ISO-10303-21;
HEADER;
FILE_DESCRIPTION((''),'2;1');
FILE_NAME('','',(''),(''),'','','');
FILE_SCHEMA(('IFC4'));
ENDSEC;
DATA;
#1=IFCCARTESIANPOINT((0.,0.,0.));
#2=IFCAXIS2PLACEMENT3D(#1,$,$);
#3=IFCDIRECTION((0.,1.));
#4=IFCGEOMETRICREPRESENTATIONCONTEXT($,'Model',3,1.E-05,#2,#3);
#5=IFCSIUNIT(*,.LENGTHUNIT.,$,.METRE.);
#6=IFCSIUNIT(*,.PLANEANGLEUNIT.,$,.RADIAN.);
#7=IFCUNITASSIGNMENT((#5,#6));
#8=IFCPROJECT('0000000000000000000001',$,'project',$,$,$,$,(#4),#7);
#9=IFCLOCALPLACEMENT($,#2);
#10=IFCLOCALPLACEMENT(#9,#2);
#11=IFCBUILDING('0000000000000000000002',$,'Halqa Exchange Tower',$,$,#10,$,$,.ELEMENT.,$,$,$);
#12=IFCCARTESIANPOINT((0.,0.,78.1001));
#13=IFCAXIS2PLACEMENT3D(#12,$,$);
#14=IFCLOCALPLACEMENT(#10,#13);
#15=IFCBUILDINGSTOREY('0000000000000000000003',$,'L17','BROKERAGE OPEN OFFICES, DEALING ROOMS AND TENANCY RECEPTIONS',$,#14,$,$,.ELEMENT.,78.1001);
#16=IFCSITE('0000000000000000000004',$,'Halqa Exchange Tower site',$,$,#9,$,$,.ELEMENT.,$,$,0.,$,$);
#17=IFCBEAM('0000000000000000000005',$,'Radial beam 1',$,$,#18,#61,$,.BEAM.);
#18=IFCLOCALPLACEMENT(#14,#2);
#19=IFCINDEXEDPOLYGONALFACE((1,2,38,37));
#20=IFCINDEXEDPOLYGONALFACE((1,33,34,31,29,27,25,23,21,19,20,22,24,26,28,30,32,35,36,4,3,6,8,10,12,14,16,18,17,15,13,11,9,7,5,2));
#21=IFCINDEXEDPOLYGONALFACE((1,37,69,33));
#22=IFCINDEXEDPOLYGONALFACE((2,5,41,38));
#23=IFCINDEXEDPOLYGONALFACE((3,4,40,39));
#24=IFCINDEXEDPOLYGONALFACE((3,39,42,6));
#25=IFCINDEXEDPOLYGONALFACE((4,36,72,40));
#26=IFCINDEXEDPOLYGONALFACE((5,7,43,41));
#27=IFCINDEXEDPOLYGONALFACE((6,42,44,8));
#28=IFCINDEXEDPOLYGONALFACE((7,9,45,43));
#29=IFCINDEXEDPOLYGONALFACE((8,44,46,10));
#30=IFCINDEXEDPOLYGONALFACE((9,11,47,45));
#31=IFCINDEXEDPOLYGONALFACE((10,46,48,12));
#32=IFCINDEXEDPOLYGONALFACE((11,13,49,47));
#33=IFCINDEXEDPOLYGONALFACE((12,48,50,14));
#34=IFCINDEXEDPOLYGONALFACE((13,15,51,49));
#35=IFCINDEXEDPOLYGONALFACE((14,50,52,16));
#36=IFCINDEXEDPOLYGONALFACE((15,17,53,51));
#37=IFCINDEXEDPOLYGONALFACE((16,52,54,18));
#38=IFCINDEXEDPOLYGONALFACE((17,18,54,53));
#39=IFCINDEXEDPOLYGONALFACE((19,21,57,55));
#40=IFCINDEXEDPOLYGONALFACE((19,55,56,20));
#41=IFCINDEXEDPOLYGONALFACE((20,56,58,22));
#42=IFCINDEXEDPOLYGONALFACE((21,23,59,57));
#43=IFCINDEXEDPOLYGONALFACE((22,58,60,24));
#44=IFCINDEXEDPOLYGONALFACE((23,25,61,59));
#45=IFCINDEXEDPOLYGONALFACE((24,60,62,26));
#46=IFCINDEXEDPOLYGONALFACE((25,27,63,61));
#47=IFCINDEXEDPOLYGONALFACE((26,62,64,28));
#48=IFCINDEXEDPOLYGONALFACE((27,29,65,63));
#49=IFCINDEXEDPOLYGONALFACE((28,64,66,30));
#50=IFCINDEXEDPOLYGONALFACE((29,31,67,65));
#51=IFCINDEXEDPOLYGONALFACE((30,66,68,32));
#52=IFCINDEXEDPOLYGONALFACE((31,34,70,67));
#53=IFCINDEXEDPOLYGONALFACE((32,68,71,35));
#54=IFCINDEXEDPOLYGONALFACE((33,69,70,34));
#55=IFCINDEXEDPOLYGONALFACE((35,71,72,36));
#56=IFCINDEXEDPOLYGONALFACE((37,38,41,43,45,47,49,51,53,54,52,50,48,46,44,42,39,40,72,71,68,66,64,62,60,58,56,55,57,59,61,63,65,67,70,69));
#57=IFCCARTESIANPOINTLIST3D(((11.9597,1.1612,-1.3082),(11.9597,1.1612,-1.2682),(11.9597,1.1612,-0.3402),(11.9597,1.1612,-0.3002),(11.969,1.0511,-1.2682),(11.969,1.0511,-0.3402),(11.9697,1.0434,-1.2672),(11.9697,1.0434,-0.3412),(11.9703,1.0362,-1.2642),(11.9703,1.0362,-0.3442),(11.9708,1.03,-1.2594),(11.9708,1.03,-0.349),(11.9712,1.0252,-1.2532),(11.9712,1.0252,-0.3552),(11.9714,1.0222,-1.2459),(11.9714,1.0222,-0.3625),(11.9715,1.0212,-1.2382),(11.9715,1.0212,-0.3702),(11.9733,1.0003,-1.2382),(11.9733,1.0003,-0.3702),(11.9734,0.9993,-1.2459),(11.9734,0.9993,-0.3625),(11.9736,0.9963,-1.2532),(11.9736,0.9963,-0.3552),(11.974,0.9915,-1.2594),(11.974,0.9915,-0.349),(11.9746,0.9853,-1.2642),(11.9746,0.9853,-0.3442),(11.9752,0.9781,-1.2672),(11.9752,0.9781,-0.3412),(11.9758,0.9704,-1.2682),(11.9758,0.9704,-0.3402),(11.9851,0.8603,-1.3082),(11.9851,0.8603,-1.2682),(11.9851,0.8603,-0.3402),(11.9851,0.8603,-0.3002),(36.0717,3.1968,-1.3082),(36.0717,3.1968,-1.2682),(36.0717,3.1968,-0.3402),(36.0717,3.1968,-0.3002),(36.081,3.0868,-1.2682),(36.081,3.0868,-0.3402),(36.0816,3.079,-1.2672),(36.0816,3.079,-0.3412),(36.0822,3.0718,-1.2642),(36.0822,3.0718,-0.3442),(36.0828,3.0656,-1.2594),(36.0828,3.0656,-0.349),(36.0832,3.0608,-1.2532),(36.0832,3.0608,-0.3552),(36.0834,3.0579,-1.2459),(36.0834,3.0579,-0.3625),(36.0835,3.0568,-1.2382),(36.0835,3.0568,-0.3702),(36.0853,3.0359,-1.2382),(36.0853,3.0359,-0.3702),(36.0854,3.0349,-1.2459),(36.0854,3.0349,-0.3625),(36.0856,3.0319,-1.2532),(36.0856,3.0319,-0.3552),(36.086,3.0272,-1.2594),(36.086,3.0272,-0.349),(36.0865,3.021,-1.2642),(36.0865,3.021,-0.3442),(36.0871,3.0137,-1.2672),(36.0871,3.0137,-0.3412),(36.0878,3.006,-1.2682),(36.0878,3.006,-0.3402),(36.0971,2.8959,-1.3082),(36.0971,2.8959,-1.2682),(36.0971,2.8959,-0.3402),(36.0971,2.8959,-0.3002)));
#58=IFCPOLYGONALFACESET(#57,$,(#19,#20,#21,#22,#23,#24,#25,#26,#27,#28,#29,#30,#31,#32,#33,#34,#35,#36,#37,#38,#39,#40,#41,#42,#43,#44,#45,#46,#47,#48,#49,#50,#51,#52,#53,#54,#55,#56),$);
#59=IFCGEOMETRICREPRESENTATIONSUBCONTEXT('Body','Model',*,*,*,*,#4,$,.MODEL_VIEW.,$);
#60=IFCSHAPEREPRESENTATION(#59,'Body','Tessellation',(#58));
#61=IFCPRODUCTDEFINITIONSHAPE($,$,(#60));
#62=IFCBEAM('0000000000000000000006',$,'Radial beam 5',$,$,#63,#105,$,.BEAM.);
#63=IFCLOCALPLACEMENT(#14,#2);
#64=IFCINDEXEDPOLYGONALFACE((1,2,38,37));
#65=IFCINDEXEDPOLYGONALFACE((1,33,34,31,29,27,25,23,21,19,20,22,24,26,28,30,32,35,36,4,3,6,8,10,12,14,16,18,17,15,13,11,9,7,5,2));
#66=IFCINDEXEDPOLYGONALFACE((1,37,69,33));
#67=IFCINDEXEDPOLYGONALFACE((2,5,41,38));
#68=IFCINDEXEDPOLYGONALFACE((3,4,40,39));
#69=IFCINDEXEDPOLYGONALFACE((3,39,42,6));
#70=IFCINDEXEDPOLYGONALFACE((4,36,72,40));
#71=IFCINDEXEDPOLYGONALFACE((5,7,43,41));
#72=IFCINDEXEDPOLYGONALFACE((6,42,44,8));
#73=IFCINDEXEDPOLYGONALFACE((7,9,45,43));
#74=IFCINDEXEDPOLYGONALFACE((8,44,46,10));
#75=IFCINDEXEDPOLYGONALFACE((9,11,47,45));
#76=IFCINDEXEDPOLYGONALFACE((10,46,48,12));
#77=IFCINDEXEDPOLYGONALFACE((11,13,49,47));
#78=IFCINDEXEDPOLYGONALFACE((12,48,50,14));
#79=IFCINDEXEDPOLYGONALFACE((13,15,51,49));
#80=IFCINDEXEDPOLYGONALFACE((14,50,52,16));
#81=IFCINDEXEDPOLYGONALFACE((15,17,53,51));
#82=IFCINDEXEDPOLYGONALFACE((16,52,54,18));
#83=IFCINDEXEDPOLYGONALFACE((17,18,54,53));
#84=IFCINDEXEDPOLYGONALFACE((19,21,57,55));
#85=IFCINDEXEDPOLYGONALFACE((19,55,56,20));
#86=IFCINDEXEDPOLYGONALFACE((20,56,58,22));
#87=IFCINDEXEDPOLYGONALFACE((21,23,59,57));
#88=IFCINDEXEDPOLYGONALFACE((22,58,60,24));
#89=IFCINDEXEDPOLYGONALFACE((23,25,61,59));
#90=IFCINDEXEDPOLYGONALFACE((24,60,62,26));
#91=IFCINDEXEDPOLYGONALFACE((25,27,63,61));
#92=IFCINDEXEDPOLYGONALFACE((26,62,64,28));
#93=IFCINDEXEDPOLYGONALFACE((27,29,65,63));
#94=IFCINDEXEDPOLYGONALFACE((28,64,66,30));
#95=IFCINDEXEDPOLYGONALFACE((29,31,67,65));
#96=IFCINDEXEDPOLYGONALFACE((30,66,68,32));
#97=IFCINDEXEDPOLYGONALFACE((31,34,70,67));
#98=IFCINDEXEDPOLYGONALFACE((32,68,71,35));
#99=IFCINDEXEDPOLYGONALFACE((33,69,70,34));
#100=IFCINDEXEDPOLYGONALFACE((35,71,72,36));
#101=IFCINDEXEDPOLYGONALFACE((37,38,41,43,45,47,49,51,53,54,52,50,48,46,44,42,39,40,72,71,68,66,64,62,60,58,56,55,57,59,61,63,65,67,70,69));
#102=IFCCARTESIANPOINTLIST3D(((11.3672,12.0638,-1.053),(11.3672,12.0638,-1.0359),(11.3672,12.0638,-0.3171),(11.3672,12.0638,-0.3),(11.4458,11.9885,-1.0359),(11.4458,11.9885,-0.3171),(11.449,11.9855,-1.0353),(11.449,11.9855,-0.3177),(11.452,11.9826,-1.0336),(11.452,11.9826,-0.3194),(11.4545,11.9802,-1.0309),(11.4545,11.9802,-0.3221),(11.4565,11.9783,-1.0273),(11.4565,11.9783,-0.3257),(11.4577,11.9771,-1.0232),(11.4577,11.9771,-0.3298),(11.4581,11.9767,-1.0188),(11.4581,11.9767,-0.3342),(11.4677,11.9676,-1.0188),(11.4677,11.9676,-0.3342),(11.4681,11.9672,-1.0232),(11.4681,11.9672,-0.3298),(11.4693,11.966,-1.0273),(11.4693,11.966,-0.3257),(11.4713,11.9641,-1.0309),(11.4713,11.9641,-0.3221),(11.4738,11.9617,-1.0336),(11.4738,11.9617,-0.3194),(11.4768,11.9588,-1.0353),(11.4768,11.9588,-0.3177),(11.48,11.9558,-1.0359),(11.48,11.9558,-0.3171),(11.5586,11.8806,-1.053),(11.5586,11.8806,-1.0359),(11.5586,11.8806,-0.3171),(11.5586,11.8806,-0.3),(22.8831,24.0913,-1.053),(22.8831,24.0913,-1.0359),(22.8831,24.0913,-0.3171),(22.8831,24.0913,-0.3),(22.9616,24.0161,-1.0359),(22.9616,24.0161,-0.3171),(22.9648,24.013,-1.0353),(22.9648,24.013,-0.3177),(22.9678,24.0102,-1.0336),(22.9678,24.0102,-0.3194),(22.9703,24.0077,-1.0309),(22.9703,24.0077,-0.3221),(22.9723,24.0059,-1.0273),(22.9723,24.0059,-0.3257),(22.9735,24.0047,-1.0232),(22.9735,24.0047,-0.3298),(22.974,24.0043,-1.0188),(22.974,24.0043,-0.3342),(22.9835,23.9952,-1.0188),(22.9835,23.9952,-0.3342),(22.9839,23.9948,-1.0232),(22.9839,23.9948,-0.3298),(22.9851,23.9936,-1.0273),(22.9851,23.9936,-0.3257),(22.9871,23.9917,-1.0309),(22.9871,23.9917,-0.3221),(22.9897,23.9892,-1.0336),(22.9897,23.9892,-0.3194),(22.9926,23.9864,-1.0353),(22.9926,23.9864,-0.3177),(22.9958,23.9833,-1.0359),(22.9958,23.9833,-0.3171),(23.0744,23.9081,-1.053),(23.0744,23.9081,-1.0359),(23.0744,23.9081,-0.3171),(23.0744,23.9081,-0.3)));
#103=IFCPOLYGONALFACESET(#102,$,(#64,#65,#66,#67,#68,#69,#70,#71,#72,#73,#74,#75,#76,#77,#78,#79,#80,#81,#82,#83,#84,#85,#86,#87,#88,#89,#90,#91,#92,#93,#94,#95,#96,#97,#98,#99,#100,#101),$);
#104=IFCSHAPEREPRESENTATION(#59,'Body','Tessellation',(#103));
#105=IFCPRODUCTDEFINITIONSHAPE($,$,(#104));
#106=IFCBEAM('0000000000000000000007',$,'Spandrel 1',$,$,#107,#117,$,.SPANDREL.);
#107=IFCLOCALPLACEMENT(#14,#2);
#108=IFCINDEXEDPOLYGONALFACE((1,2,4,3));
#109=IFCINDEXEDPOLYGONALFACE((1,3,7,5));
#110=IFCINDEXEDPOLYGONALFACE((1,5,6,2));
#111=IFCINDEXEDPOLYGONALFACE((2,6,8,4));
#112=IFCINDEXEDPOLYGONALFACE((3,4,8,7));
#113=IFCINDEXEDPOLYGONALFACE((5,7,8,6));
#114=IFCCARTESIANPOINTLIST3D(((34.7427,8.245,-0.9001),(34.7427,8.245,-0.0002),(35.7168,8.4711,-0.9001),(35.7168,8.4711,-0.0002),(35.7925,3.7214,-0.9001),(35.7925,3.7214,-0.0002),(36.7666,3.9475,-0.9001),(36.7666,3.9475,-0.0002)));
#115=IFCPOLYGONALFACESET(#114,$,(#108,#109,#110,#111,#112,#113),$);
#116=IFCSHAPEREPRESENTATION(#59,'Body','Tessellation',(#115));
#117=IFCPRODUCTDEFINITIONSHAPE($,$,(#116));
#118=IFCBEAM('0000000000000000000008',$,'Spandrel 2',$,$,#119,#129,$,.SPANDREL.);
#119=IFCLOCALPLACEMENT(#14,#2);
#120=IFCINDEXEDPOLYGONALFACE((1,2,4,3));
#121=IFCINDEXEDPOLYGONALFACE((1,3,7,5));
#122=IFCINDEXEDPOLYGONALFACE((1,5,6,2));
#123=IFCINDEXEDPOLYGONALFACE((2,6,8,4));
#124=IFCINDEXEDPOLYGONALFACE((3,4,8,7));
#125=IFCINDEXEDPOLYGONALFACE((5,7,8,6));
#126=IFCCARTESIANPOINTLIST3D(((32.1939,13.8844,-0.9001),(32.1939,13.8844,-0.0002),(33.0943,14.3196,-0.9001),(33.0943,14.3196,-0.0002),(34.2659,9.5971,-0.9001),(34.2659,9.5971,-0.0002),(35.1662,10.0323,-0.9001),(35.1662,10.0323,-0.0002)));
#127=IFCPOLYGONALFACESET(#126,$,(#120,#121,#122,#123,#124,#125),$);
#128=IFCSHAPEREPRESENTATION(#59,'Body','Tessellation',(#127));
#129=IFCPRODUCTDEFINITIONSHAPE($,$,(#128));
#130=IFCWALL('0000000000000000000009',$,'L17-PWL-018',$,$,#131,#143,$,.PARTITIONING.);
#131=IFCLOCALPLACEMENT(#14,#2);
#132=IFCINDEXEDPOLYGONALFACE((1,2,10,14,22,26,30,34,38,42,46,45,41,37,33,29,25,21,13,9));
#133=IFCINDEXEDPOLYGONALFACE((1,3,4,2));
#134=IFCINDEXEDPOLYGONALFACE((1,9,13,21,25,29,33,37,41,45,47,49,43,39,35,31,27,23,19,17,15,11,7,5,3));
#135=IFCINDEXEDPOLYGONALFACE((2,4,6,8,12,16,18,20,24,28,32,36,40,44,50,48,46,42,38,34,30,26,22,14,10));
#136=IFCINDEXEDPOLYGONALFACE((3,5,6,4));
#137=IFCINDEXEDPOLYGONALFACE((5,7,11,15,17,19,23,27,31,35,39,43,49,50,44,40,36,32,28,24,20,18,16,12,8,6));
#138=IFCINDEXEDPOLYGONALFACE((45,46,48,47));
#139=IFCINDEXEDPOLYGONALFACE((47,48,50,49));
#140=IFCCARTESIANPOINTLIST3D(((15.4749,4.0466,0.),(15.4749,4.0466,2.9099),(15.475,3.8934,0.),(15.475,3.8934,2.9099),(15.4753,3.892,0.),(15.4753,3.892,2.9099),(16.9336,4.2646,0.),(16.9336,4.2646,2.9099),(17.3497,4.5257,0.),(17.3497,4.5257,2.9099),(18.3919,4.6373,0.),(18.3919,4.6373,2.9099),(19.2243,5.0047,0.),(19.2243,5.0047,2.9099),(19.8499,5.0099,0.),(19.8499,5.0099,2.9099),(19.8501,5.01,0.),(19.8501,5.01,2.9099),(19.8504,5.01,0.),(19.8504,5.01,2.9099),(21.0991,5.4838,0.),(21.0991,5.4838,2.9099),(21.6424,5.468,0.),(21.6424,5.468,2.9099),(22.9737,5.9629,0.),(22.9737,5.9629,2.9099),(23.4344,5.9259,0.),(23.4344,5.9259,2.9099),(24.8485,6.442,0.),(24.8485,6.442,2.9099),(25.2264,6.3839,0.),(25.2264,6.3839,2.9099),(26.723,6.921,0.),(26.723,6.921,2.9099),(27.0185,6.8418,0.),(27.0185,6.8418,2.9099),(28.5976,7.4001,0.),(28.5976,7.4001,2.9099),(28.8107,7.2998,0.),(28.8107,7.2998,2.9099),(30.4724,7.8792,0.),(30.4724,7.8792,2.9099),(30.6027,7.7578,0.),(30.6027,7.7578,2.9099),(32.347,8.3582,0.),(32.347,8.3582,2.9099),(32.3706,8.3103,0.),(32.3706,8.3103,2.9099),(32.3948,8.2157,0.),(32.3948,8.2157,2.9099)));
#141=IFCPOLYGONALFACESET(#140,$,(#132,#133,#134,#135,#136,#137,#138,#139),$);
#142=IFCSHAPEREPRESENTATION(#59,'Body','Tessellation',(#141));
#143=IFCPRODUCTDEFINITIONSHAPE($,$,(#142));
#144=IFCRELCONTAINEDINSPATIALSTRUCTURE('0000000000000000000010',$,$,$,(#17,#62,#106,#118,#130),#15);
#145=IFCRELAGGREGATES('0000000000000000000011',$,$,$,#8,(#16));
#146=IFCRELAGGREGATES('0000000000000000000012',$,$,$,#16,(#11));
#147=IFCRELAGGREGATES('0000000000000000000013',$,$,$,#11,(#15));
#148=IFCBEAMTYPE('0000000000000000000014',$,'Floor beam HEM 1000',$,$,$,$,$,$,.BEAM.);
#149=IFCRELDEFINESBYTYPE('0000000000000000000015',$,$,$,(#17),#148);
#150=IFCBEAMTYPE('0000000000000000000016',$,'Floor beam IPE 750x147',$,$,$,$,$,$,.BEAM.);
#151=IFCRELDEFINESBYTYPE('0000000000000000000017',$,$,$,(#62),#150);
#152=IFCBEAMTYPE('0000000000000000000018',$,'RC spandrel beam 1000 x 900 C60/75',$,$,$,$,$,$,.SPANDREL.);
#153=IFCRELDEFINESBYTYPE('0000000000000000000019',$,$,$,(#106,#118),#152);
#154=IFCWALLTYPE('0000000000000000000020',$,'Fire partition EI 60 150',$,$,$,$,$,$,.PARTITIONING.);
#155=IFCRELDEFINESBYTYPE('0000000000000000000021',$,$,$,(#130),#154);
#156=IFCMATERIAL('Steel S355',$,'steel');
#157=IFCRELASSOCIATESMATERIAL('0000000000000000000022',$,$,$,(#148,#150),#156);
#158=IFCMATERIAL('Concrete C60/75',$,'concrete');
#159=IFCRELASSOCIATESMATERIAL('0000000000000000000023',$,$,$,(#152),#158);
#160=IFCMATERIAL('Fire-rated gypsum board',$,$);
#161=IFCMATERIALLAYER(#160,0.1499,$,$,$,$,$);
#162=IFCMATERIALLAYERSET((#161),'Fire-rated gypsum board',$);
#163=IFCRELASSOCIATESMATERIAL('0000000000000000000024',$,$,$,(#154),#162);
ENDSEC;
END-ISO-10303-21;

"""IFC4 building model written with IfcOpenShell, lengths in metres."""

from ifc_helpers import new_model, si_unit, direction, frame, origin, origin_2d, place, context, subcontext, project, spatial, polyline, rectangle, i_section, outline, extrude, material, layer, layer_set, material_profile, profile_set, type_object, element, save


model = new_model("IFC4")

# Units and contexts
model_context = context("Model", 3, precision=1e-05, world=origin(), true_north=direction((0.0, 1.0)))
body_context = subcontext(model_context, "Body", "Model", "MODEL_VIEW")
ifc_project = project(units=[si_unit("LENGTHUNIT", "METRE"), si_unit("PLANEANGLEUNIT", "RADIAN")], contexts=[model_context])

# Site, building, storey
site_placement = place(None, origin())
site = spatial("IfcSite", under=ifc_project, at=site_placement, Name="Halqa Exchange Tower site", CompositionType="ELEMENT", RefElevation=0.0)
building_placement = place(site_placement, origin())
building = spatial("IfcBuilding", under=site, at=building_placement, Name="Halqa Exchange Tower", CompositionType="ELEMENT")
storey_placement = place(building_placement, frame((0.0, 0.0, 78.1001)))
storey = spatial("IfcBuildingStorey", under=building, at=storey_placement, Name="L17", Description="BROKERAGE OPEN OFFICES, DEALING ROOMS AND TENANCY RECEPTIONS", CompositionType="ELEMENT", Elevation=78.1001)

# Beams
ifc_material_1 = material(Name="Steel S355", Category="steel")
ifc_material_profile_1 = material_profile(ifc_material_1, i_section(OverallWidth=0.302, OverallDepth=1.0081, WebThickness=0.021, FlangeThickness=0.04, FilletRadius=0.03, at=origin_2d()), Name="HEM 1000")
ifc_profile_set_1 = profile_set([ifc_material_profile_1], Name="Steel S355")
beam_type_1 = type_object("IfcBeamType", Name="Floor beam HEM 1000", PredefinedType="BEAM", material=ifc_profile_set_1)
beam_1_placement = place(storey_placement, frame((11.9724, 1.0107, -0.8042), z_axis=(0.996455, 0.084125, 0.0), x_axis=(-0.084125, 0.996455, 0.0)))
element("IfcBeam", 1, at=beam_1_placement, inside=storey, type_object=beam_type_1, Name="Radial beam 1", PredefinedType="BEAM", context=body_context, shape_type="SweptSolid", body=[
    extrude(i_section(OverallWidth=0.302, OverallDepth=1.0081, WebThickness=0.021, FlangeThickness=0.04, FilletRadius=0.03, at=origin_2d()), origin(), (0.0, 0.0, 1.0), 24.1978),
])
ifc_material_profile_2 = material_profile(ifc_material_1, i_section(OverallWidth=0.2649, OverallDepth=0.7529, WebThickness=0.0132, FlangeThickness=0.0171, FilletRadius=0.0171, at=origin_2d()), Name="IPE 750x147")
ifc_profile_set_2 = profile_set([ifc_material_profile_2], Name="Steel S355")
beam_type_2 = type_object("IfcBeamType", Name="Floor beam IPE 750x147", PredefinedType="BEAM", material=ifc_profile_set_2)
beam_2_placement = place(storey_placement, frame((11.4629, 11.9722, -0.6765), z_axis=(0.691574, 0.722305, 0.0), x_axis=(-0.722305, 0.691574, 0.0)))
element("IfcBeam", 2, at=beam_2_placement, inside=storey, type_object=beam_type_2, Name="Radial beam 5", PredefinedType="BEAM", context=body_context, shape_type="SweptSolid", body=[
    extrude(i_section(OverallWidth=0.2649, OverallDepth=0.7529, WebThickness=0.0132, FlangeThickness=0.0171, FilletRadius=0.0171, at=origin_2d()), origin(), (0.0, 0.0, 1.0), 16.6516),
])
ifc_material_2 = material(Name="Concrete C60/75", Category="concrete")
ifc_material_profile_3 = material_profile(ifc_material_2, rectangle(XDim=1.0, YDim=0.8999, at=origin_2d()), Name="1000 x 900")
ifc_profile_set_3 = profile_set([ifc_material_profile_3], Name="Concrete C60/75")
beam_type_3 = type_object("IfcBeamType", Name="RC spandrel beam 1000 x 900 C60/75", PredefinedType="SPANDREL", material=ifc_profile_set_3)
beam_3_placement = place(storey_placement, frame((36.2795, 3.8345, -0.4502), z_axis=(-0.226061, 0.974113, 0.0), x_axis=(-0.974113, -0.226061, 0.0)))
element("IfcBeam", 3, at=beam_3_placement, inside=storey, type_object=beam_type_3, Name="Spandrel 1", PredefinedType="SPANDREL", context=body_context, shape_type="SweptSolid", body=[
    extrude(rectangle(XDim=1.0, YDim=0.8999, at=origin_2d()), origin(), (0.0, 0.0, 1.0), 4.6438),
])
beam_4_placement = place(storey_placement, frame((34.7161, 9.8147, -0.4502), z_axis=(-0.435135, 0.900365, 0.0), x_axis=(-0.900365, -0.435135, 0.0)))
element("IfcBeam", 4, at=beam_4_placement, inside=storey, type_object=beam_type_3, Name="Spandrel 2", PredefinedType="SPANDREL", context=body_context, shape_type="SweptSolid", body=[
    extrude(rectangle(XDim=1.0, YDim=0.8999, at=origin_2d()), origin(), (0.0, 0.0, 1.0), 4.7617),
])

# Wall
ifc_material_3 = material(Name="Fire-rated gypsum board")
ifc_layer_1 = layer(ifc_material_3, 0.1499)
ifc_layer_set_1 = layer_set([ifc_layer_1], Name="Fire-rated gypsum board")
wall_type_1 = type_object("IfcWallType", Name="Fire partition EI 60 150", PredefinedType="PARTITIONING", material=ifc_layer_set_1)
wall_1_placement = place(storey_placement, frame((15.4568, 3.9646, 0.0), z_axis=(0.0, 0.0, 1.0), x_axis=(0.968865, 0.247592, 0.0)))
element("IfcWall", 5, at=wall_1_placement, inside=storey, type_object=wall_type_1, Name="L17-PWL-018", PredefinedType="PARTITIONING", context=body_context, shape_type="SweptSolid", body=[
    extrude(outline(polyline([(0.0, -0.075), (1.5051, -0.075), (3.0103, -0.075), (4.5151, -0.075), (4.5154, -0.075), (4.5156, -0.075), (6.3652, -0.075), (8.2148, -0.075), (10.0645, -0.075), (11.9141, -0.075), (13.7639, -0.075), (15.6135, -0.075), (17.4631, -0.075), (17.4631, 0.0227), (17.4521, 0.075), (15.5173, 0.075), (13.5823, 0.075), (11.6475, 0.075), (9.7126, 0.075), (7.7776, 0.075), (5.8428, 0.075), (3.9077, 0.075), (1.9729, 0.075), (0.0378, 0.075), (0.0, -0.0735), (0.0, -0.075)])), origin(), (0.0, 0.0, 1.0), 2.9099),
])

save(model, "model.ifc")
